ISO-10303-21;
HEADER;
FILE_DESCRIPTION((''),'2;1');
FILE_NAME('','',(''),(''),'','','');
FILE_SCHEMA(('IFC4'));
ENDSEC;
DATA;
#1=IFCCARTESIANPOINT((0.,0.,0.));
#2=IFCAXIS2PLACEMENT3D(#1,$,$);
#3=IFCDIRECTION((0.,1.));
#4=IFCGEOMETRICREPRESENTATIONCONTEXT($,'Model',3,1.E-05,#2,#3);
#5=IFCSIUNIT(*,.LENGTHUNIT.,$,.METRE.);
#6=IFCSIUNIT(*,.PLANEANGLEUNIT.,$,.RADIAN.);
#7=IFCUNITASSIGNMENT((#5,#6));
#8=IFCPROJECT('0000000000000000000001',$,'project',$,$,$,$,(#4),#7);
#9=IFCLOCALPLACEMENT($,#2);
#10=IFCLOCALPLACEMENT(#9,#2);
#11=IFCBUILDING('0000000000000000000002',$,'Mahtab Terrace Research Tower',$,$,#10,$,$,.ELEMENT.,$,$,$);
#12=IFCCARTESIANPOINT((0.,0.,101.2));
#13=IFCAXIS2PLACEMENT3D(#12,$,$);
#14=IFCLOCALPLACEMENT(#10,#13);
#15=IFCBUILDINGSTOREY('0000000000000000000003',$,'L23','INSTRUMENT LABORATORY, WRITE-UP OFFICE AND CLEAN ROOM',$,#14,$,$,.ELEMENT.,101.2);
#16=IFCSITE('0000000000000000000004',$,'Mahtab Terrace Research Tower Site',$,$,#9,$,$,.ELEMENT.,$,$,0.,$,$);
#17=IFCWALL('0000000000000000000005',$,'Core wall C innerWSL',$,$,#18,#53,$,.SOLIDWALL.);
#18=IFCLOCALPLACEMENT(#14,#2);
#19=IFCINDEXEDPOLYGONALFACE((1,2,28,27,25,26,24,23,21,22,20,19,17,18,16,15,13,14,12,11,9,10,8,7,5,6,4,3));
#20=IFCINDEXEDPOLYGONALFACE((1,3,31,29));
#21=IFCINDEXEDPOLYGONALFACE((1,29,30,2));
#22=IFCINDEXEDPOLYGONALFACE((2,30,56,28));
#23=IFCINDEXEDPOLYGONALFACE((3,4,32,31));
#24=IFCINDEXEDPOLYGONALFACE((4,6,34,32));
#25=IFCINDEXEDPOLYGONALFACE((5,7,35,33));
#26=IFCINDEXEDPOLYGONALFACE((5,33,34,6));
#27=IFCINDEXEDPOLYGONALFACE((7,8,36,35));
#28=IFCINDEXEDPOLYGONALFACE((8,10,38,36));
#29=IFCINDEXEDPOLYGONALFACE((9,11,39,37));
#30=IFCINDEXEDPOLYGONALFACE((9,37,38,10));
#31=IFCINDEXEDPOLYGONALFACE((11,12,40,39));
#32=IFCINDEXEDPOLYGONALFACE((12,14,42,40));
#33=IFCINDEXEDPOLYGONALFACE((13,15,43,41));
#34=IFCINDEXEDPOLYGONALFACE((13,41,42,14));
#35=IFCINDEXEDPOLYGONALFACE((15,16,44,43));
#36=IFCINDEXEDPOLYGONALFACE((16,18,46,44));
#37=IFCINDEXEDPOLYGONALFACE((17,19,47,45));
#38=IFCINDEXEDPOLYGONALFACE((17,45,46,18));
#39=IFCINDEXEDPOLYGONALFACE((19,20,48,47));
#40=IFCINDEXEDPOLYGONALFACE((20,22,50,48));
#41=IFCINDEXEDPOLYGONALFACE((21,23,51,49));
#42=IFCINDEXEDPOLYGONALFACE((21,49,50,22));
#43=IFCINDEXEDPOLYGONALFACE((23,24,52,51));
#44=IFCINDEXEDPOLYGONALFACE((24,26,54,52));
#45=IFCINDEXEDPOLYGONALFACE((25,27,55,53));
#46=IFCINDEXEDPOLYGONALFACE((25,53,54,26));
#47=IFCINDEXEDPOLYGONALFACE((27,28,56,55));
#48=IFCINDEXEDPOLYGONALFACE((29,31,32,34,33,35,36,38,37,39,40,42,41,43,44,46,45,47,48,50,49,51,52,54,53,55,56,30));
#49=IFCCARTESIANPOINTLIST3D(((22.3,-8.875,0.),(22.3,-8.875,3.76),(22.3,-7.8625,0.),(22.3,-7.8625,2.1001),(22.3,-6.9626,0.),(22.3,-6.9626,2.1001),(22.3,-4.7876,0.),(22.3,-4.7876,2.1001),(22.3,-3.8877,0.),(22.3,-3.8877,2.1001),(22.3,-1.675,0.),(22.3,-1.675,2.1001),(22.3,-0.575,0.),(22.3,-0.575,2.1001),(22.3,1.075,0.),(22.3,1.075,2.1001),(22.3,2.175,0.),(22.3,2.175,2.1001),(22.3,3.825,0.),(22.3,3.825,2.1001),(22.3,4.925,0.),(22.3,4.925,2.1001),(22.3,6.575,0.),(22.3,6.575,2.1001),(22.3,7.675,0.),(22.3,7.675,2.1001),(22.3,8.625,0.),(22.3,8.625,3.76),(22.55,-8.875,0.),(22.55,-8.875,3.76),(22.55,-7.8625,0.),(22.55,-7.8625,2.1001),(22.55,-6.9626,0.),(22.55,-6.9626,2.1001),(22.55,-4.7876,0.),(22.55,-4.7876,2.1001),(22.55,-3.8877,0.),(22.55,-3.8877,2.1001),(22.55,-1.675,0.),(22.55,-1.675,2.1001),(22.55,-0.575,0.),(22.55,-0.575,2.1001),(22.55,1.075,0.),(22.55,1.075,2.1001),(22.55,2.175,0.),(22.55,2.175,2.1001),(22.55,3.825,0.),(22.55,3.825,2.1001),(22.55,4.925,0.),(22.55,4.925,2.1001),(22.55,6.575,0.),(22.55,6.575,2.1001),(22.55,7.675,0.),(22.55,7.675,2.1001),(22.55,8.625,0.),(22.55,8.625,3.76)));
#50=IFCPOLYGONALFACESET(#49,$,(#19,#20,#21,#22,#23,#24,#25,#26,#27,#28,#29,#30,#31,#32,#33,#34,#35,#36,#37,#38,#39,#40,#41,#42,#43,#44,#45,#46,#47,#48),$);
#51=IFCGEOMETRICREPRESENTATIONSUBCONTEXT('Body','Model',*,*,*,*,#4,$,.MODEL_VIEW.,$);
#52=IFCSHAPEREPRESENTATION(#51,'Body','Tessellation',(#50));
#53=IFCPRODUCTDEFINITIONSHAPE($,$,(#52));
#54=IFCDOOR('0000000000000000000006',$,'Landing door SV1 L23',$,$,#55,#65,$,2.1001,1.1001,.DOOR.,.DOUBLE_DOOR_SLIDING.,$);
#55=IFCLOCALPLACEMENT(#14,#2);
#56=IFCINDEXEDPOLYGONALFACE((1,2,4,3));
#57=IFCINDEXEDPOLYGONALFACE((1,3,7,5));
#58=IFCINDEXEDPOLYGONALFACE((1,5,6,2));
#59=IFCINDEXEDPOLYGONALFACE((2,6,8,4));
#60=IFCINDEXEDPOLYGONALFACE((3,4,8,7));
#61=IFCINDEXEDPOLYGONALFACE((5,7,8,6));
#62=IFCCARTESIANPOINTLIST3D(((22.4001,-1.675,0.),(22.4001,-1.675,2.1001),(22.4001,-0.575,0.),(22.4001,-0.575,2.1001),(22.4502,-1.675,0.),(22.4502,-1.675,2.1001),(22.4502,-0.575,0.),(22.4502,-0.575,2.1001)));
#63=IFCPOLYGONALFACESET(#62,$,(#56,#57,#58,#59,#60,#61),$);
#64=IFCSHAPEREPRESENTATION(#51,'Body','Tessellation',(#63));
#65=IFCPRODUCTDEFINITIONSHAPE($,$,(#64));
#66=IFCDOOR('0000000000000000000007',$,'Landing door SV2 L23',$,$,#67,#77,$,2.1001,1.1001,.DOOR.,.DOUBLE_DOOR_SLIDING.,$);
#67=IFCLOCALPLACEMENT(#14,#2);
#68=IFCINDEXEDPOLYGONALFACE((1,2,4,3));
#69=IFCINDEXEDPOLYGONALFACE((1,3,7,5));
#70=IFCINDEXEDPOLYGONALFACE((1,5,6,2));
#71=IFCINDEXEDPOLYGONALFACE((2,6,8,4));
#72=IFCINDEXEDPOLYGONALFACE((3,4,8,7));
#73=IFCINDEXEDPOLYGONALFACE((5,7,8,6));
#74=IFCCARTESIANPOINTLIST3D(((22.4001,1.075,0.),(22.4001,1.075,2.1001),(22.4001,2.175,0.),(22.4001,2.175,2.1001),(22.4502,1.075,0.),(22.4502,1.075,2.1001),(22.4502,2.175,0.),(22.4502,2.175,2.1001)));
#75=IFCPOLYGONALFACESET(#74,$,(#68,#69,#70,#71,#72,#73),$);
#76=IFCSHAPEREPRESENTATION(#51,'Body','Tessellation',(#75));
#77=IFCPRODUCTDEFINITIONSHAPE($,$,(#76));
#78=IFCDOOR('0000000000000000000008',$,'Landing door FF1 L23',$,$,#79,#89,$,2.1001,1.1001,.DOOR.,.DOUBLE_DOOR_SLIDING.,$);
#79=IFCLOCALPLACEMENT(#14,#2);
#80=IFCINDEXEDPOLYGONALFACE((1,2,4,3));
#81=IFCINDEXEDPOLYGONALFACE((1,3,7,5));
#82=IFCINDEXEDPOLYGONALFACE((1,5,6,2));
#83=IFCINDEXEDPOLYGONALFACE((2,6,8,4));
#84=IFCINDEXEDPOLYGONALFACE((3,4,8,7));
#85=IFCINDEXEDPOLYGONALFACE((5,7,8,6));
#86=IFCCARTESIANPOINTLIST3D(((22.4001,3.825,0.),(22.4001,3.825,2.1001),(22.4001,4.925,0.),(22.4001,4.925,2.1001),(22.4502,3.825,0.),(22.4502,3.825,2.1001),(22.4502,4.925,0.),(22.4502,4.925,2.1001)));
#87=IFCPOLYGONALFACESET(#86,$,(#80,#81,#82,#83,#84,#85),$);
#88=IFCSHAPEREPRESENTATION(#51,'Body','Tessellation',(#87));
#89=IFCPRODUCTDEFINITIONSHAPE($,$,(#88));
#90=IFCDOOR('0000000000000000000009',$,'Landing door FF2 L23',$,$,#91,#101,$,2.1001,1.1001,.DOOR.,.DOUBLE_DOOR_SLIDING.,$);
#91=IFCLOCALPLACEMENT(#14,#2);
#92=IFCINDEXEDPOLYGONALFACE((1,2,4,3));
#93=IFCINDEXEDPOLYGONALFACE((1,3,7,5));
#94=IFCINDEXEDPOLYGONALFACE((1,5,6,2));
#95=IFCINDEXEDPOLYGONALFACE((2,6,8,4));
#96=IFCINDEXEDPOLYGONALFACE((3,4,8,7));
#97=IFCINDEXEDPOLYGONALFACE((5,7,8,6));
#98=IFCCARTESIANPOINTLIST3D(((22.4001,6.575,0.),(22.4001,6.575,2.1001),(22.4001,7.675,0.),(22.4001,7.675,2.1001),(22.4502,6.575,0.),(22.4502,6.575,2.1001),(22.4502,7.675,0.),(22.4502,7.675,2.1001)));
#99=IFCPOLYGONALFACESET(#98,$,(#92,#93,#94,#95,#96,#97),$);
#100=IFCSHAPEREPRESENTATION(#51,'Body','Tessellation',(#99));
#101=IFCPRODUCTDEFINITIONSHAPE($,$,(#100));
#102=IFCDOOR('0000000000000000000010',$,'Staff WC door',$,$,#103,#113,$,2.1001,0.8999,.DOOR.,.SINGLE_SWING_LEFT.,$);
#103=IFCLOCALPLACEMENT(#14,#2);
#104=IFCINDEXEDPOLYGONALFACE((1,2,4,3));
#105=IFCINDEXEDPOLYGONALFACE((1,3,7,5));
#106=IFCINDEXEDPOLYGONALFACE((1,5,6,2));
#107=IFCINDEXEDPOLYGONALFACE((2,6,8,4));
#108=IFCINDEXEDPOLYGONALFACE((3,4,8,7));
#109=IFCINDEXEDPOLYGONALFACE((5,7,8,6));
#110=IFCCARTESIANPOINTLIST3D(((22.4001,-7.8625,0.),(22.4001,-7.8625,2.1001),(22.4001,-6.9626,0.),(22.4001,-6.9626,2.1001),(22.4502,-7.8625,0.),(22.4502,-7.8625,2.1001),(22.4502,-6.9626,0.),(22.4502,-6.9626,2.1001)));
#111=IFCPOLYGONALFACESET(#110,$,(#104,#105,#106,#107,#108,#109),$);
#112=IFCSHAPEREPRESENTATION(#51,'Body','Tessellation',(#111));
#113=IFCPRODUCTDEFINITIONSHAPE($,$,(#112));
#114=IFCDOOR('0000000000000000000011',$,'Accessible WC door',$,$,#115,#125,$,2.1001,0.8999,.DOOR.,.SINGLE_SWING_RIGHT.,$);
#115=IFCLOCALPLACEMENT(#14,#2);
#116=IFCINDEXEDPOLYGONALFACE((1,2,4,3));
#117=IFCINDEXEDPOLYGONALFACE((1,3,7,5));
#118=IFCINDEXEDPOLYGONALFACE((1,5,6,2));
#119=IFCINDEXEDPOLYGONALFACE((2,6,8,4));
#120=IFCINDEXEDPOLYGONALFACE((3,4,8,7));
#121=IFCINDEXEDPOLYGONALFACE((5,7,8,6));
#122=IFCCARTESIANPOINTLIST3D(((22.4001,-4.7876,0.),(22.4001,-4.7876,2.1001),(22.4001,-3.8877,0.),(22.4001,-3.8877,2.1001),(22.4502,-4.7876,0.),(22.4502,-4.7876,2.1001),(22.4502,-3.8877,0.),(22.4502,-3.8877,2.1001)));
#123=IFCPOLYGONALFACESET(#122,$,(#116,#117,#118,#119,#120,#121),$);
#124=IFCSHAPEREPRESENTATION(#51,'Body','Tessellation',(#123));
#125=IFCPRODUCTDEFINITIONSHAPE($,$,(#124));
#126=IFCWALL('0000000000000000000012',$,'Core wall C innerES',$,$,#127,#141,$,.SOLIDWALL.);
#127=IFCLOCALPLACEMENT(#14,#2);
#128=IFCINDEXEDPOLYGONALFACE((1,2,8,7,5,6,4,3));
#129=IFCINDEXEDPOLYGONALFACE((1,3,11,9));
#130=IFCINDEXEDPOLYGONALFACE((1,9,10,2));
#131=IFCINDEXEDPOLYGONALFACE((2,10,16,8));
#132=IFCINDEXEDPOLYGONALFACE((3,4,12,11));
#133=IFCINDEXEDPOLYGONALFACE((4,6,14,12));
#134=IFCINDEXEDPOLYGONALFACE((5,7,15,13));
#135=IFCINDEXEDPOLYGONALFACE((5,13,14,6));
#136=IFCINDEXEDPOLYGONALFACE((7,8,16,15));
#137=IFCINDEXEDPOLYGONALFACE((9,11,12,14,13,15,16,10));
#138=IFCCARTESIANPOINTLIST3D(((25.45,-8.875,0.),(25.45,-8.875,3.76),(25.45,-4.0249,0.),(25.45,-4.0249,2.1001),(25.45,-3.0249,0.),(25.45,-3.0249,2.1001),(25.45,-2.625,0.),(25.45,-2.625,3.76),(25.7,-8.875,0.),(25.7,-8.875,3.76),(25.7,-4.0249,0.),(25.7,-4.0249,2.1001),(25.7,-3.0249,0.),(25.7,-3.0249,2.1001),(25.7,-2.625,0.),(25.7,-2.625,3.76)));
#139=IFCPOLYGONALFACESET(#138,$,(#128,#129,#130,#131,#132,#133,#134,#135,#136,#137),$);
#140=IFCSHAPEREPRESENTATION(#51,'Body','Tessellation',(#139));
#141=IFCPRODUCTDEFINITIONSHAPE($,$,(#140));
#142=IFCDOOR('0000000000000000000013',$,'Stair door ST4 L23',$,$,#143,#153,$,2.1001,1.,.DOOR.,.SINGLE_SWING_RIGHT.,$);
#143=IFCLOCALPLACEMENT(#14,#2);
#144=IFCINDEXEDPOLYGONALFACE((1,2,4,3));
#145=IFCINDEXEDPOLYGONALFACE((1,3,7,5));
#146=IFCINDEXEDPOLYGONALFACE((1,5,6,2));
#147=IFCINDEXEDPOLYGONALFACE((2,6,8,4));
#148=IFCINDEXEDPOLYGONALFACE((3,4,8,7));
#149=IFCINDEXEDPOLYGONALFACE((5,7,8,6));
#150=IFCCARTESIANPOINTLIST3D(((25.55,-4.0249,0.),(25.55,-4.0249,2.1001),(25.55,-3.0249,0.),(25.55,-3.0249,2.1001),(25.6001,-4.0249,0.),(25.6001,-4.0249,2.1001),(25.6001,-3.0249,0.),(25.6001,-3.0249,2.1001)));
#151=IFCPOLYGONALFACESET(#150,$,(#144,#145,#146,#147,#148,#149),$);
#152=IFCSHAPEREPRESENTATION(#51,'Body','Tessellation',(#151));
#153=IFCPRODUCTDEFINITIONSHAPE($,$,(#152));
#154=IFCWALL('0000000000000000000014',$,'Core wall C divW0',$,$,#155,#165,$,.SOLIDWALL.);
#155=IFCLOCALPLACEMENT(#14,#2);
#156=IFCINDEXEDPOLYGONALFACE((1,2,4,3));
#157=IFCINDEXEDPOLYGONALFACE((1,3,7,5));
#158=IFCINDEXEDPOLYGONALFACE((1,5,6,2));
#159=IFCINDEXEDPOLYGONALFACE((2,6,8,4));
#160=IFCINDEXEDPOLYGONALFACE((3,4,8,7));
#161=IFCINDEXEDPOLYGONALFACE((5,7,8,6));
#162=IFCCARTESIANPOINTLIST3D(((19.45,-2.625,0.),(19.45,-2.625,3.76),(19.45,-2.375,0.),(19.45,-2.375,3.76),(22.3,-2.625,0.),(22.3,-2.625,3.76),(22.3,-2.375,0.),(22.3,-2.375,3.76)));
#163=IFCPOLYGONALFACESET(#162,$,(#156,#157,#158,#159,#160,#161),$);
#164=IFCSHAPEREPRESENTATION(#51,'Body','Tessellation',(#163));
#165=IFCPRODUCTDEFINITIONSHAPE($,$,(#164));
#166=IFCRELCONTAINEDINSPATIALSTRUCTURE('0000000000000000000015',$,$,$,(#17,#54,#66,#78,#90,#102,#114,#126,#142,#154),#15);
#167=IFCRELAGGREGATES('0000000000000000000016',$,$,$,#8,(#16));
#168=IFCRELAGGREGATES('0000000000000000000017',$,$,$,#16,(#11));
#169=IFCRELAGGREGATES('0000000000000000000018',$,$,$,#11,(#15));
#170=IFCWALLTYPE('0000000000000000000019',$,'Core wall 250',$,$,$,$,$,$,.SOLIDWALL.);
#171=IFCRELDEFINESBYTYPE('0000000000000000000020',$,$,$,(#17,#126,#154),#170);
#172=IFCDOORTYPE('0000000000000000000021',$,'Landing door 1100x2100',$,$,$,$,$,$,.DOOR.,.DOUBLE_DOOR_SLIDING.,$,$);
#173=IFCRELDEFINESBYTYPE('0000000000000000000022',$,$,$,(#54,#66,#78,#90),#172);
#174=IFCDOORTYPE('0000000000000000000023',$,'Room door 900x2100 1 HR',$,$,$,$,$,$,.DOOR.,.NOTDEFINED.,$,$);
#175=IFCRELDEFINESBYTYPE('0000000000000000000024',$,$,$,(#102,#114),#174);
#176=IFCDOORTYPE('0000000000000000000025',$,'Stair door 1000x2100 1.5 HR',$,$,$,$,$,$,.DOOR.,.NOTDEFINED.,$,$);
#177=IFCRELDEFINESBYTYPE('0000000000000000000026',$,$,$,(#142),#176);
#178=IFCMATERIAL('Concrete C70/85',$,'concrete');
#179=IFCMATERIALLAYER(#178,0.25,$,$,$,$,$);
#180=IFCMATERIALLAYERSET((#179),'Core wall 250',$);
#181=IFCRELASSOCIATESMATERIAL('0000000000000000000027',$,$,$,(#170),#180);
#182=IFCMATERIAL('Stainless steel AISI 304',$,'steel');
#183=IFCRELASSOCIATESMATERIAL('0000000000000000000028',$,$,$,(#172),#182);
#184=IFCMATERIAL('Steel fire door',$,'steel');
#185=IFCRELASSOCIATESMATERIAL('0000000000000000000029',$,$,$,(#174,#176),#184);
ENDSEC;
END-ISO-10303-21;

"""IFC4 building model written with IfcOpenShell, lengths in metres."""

from ifc_helpers import new_model, si_unit, direction, frame, frame_2d, origin, place, context, subcontext, project, spatial, rectangle, extrude, material, layer, layer_set, type_object, element, fill, save


model = new_model("IFC4")

# Units and contexts
model_context = context("Model", 3, precision=1e-05, world=origin(), true_north=direction((0.0, 1.0)))
body_context = subcontext(model_context, "Body", "Model", "MODEL_VIEW")
ifc_project = project(units=[si_unit("LENGTHUNIT", "METRE"), si_unit("PLANEANGLEUNIT", "RADIAN")], contexts=[model_context])

# Site, building, storey
site_placement = place(None, origin())
site = spatial("IfcSite", under=ifc_project, at=site_placement, Name="Mahtab Terrace Research Tower Site", CompositionType="ELEMENT", RefElevation=0.0)
building_placement = place(site_placement, origin())
building = spatial("IfcBuilding", under=site, at=building_placement, Name="Mahtab Terrace Research Tower", CompositionType="ELEMENT")
storey_placement = place(building_placement, frame((0.0, 0.0, 101.2)))
storey = spatial("IfcBuildingStorey", under=building, at=storey_placement, Name="L23", Description="INSTRUMENT LABORATORY, WRITE-UP OFFICE AND CLEAN ROOM", CompositionType="ELEMENT", Elevation=101.2)

# Shared definitions
ifc_material_1 = material(Name="Concrete C70/85", Category="concrete")

# Wall, openings, doors
ifc_layer_1 = layer(ifc_material_1, 0.25)
ifc_layer_set_1 = layer_set([ifc_layer_1], Name="Core wall 250")
wall_type_1 = type_object("IfcWallType", Name="Core wall 250", PredefinedType="SOLIDWALL", material=ifc_layer_set_1)
wall_1_placement = place(storey_placement, frame((22.425, -8.875, 0.0), z_axis=(0.0, 0.0, 1.0), x_axis=(0.0, 1.0, 0.0)))
wall_1 = element("IfcWall", 1, at=wall_1_placement, inside=storey, type_object=wall_type_1, Name="Core wall C innerWSL", PredefinedType="SOLIDWALL", context=body_context, shape_type="SweptSolid", body=[
    extrude(rectangle(XDim=17.5, YDim=0.25, at=frame_2d((8.75, 0.0))), origin(), (0.0, 0.0, 1.0), 3.76),
])
opening_1_placement = place(wall_1_placement, frame((7.2, 0.0, 0.0)))
opening_1 = element("IfcOpeningElement", 2, at=opening_1_placement, cuts=wall_1, PredefinedType="OPENING", context=body_context, shape_type="SweptSolid", body=[
    extrude(rectangle(XDim=1.1001, YDim=2.1001, at=frame_2d((0.55, 1.05))), frame((0.0, 0.135, 0.0), z_axis=(0.0, -1.0, 0.0), x_axis=(1.0, 0.0, 0.0)), (0.0, 0.0, 1.0), 0.27),
])
opening_2_placement = place(wall_1_placement, frame((9.95, 0.0, 0.0)))
opening_2 = element("IfcOpeningElement", 3, at=opening_2_placement, cuts=wall_1, PredefinedType="OPENING", context=body_context, shape_type="SweptSolid", body=[
    extrude(rectangle(XDim=1.1001, YDim=2.1001, at=frame_2d((0.55, 1.05))), frame((0.0, 0.135, 0.0), z_axis=(0.0, -1.0, 0.0), x_axis=(1.0, 0.0, 0.0)), (0.0, 0.0, 1.0), 0.27),
])
opening_3_placement = place(wall_1_placement, frame((12.7, 0.0, 0.0)))
opening_3 = element("IfcOpeningElement", 4, at=opening_3_placement, cuts=wall_1, PredefinedType="OPENING", context=body_context, shape_type="SweptSolid", body=[
    extrude(rectangle(XDim=1.1001, YDim=2.1001, at=frame_2d((0.55, 1.05))), frame((0.0, 0.135, 0.0), z_axis=(0.0, -1.0, 0.0), x_axis=(1.0, 0.0, 0.0)), (0.0, 0.0, 1.0), 0.27),
])
opening_4_placement = place(wall_1_placement, frame((15.45, 0.0, 0.0)))
opening_4 = element("IfcOpeningElement", 5, at=opening_4_placement, cuts=wall_1, PredefinedType="OPENING", context=body_context, shape_type="SweptSolid", body=[
    extrude(rectangle(XDim=1.1001, YDim=2.1001, at=frame_2d((0.55, 1.05))), frame((0.0, 0.135, 0.0), z_axis=(0.0, -1.0, 0.0), x_axis=(1.0, 0.0, 0.0)), (0.0, 0.0, 1.0), 0.27),
])
opening_5_placement = place(wall_1_placement, frame((1.0125, 0.0, 0.0)))
opening_5 = element("IfcOpeningElement", 6, at=opening_5_placement, cuts=wall_1, PredefinedType="OPENING", context=body_context, shape_type="SweptSolid", body=[
    extrude(rectangle(XDim=0.8999, YDim=2.1001, at=frame_2d((0.45, 1.05))), frame((0.0, 0.135, 0.0), z_axis=(0.0, -1.0, 0.0), x_axis=(1.0, 0.0, 0.0)), (0.0, 0.0, 1.0), 0.27),
])
opening_6_placement = place(wall_1_placement, frame((4.0874, 0.0, 0.0)))
opening_6 = element("IfcOpeningElement", 7, at=opening_6_placement, cuts=wall_1, PredefinedType="OPENING", context=body_context, shape_type="SweptSolid", body=[
    extrude(rectangle(XDim=0.8999, YDim=2.1001, at=frame_2d((0.45, 1.05))), frame((0.0, 0.135, 0.0), z_axis=(0.0, -1.0, 0.0), x_axis=(1.0, 0.0, 0.0)), (0.0, 0.0, 1.0), 0.27),
])
ifc_material_2 = material(Name="Stainless steel AISI 304", Category="steel")
door_type_1 = type_object("IfcDoorType", Name="Landing door 1100x2100", OperationType="DOUBLE_DOOR_SLIDING", PredefinedType="DOOR", material=ifc_material_2)
door_1_placement = place(opening_1_placement, origin())
door_1 = element("IfcDoor", 8, at=door_1_placement, inside=storey, type_object=door_type_1, Name="Landing door SV1 L23", OperationType="DOUBLE_DOOR_SLIDING", OverallHeight=2.1001, OverallWidth=1.1001, PredefinedType="DOOR", context=body_context, shape_type="SweptSolid", body=[
    extrude(rectangle(XDim=1.1001, YDim=2.1001, at=frame_2d((0.55, 1.05))), frame((0.0, 0.0249, 0.0), z_axis=(0.0, -1.0, 0.0), x_axis=(1.0, 0.0, 0.0)), (0.0, 0.0, 1.0), 0.05),
])
fill(opening_1, door_1)
door_2_placement = place(opening_2_placement, origin())
door_2 = element("IfcDoor", 9, at=door_2_placement, inside=storey, type_object=door_type_1, Name="Landing door SV2 L23", OperationType="DOUBLE_DOOR_SLIDING", OverallHeight=2.1001, OverallWidth=1.1001, PredefinedType="DOOR", context=body_context, shape_type="SweptSolid", body=[
    extrude(rectangle(XDim=1.1001, YDim=2.1001, at=frame_2d((0.55, 1.05))), frame((0.0, 0.0249, 0.0), z_axis=(0.0, -1.0, 0.0), x_axis=(1.0, 0.0, 0.0)), (0.0, 0.0, 1.0), 0.05),
])
fill(opening_2, door_2)
door_3_placement = place(opening_3_placement, origin())
door_3 = element("IfcDoor", 10, at=door_3_placement, inside=storey, type_object=door_type_1, Name="Landing door FF1 L23", OperationType="DOUBLE_DOOR_SLIDING", OverallHeight=2.1001, OverallWidth=1.1001, PredefinedType="DOOR", context=body_context, shape_type="SweptSolid", body=[
    extrude(rectangle(XDim=1.1001, YDim=2.1001, at=frame_2d((0.55, 1.05))), frame((0.0, 0.0249, 0.0), z_axis=(0.0, -1.0, 0.0), x_axis=(1.0, 0.0, 0.0)), (0.0, 0.0, 1.0), 0.05),
])
fill(opening_3, door_3)
door_4_placement = place(opening_4_placement, origin())
door_4 = element("IfcDoor", 11, at=door_4_placement, inside=storey, type_object=door_type_1, Name="Landing door FF2 L23", OperationType="DOUBLE_DOOR_SLIDING", OverallHeight=2.1001, OverallWidth=1.1001, PredefinedType="DOOR", context=body_context, shape_type="SweptSolid", body=[
    extrude(rectangle(XDim=1.1001, YDim=2.1001, at=frame_2d((0.55, 1.05))), frame((0.0, 0.0249, 0.0), z_axis=(0.0, -1.0, 0.0), x_axis=(1.0, 0.0, 0.0)), (0.0, 0.0, 1.0), 0.05),
])
fill(opening_4, door_4)
ifc_material_3 = material(Name="Steel fire door", Category="steel")
door_type_2 = type_object("IfcDoorType", Name="Room door 900x2100 1 HR", OperationType="NOTDEFINED", PredefinedType="DOOR", material=ifc_material_3)
door_5_placement = place(opening_5_placement, origin())
door_5 = element("IfcDoor", 12, at=door_5_placement, inside=storey, type_object=door_type_2, Name="Staff WC door", OperationType="SINGLE_SWING_LEFT", OverallHeight=2.1001, OverallWidth=0.8999, PredefinedType="DOOR", context=body_context, shape_type="SweptSolid", body=[
    extrude(rectangle(XDim=0.8999, YDim=2.1001, at=frame_2d((0.45, 1.05))), frame((0.0, 0.0249, 0.0), z_axis=(0.0, -1.0, 0.0), x_axis=(1.0, 0.0, 0.0)), (0.0, 0.0, 1.0), 0.05),
])
fill(opening_5, door_5)
door_6_placement = place(opening_6_placement, origin())
door_6 = element("IfcDoor", 13, at=door_6_placement, inside=storey, type_object=door_type_2, Name="Accessible WC door", OperationType="SINGLE_SWING_RIGHT", OverallHeight=2.1001, OverallWidth=0.8999, PredefinedType="DOOR", context=body_context, shape_type="SweptSolid", body=[
    extrude(rectangle(XDim=0.8999, YDim=2.1001, at=frame_2d((0.45, 1.05))), frame((0.0, 0.0249, 0.0), z_axis=(0.0, -1.0, 0.0), x_axis=(1.0, 0.0, 0.0)), (0.0, 0.0, 1.0), 0.05),
])
fill(opening_6, door_6)

# Wall, opening, door
wall_2_placement = place(storey_placement, frame((25.575, -8.875, 0.0), z_axis=(0.0, 0.0, 1.0), x_axis=(0.0, 1.0, 0.0)))
wall_2 = element("IfcWall", 14, at=wall_2_placement, inside=storey, type_object=wall_type_1, Name="Core wall C innerES", PredefinedType="SOLIDWALL", context=body_context, shape_type="SweptSolid", body=[
    extrude(rectangle(XDim=6.25, YDim=0.25, at=frame_2d((3.125, 0.0))), origin(), (0.0, 0.0, 1.0), 3.76),
])
opening_7_placement = place(wall_2_placement, frame((4.8501, 0.0, 0.0)))
opening_7 = element("IfcOpeningElement", 15, at=opening_7_placement, cuts=wall_2, PredefinedType="OPENING", context=body_context, shape_type="SweptSolid", body=[
    extrude(rectangle(XDim=1.0, YDim=2.1001, at=frame_2d((0.5, 1.05))), frame((0.0, 0.135, 0.0), z_axis=(0.0, -1.0, 0.0), x_axis=(1.0, 0.0, 0.0)), (0.0, 0.0, 1.0), 0.27),
])
door_type_3 = type_object("IfcDoorType", Name="Stair door 1000x2100 1.5 HR", OperationType="NOTDEFINED", PredefinedType="DOOR", material=ifc_material_3)
door_7_placement = place(opening_7_placement, origin())
door_7 = element("IfcDoor", 16, at=door_7_placement, inside=storey, type_object=door_type_3, Name="Stair door ST4 L23", OperationType="SINGLE_SWING_RIGHT", OverallHeight=2.1001, OverallWidth=1.0, PredefinedType="DOOR", context=body_context, shape_type="SweptSolid", body=[
    extrude(rectangle(XDim=1.0, YDim=2.1001, at=frame_2d((0.5, 1.05))), frame((0.0, 0.0249, 0.0), z_axis=(0.0, -1.0, 0.0), x_axis=(1.0, 0.0, 0.0)), (0.0, 0.0, 1.0), 0.05),
])
fill(opening_7, door_7)

# Wall
for number, where, z_axis, x_axis, name in (
    (17, (19.45, -2.5, 0.0), (0.0, 0.0, 1.0), (1.0, 0.0, 0.0), "Core wall C divW0"),
):
    element("IfcWall", number, at=place(storey_placement, frame(where, z_axis=z_axis, x_axis=x_axis)), inside=storey, type_object=wall_type_1, Name=name, PredefinedType="SOLIDWALL", context=body_context, shape_type="SweptSolid", body=[
        extrude(rectangle(XDim=2.8501, YDim=0.25, at=frame_2d((1.425, 0.0))), origin(), (0.0, 0.0, 1.0), 3.76),
    ])

save(model, "model.ifc")
